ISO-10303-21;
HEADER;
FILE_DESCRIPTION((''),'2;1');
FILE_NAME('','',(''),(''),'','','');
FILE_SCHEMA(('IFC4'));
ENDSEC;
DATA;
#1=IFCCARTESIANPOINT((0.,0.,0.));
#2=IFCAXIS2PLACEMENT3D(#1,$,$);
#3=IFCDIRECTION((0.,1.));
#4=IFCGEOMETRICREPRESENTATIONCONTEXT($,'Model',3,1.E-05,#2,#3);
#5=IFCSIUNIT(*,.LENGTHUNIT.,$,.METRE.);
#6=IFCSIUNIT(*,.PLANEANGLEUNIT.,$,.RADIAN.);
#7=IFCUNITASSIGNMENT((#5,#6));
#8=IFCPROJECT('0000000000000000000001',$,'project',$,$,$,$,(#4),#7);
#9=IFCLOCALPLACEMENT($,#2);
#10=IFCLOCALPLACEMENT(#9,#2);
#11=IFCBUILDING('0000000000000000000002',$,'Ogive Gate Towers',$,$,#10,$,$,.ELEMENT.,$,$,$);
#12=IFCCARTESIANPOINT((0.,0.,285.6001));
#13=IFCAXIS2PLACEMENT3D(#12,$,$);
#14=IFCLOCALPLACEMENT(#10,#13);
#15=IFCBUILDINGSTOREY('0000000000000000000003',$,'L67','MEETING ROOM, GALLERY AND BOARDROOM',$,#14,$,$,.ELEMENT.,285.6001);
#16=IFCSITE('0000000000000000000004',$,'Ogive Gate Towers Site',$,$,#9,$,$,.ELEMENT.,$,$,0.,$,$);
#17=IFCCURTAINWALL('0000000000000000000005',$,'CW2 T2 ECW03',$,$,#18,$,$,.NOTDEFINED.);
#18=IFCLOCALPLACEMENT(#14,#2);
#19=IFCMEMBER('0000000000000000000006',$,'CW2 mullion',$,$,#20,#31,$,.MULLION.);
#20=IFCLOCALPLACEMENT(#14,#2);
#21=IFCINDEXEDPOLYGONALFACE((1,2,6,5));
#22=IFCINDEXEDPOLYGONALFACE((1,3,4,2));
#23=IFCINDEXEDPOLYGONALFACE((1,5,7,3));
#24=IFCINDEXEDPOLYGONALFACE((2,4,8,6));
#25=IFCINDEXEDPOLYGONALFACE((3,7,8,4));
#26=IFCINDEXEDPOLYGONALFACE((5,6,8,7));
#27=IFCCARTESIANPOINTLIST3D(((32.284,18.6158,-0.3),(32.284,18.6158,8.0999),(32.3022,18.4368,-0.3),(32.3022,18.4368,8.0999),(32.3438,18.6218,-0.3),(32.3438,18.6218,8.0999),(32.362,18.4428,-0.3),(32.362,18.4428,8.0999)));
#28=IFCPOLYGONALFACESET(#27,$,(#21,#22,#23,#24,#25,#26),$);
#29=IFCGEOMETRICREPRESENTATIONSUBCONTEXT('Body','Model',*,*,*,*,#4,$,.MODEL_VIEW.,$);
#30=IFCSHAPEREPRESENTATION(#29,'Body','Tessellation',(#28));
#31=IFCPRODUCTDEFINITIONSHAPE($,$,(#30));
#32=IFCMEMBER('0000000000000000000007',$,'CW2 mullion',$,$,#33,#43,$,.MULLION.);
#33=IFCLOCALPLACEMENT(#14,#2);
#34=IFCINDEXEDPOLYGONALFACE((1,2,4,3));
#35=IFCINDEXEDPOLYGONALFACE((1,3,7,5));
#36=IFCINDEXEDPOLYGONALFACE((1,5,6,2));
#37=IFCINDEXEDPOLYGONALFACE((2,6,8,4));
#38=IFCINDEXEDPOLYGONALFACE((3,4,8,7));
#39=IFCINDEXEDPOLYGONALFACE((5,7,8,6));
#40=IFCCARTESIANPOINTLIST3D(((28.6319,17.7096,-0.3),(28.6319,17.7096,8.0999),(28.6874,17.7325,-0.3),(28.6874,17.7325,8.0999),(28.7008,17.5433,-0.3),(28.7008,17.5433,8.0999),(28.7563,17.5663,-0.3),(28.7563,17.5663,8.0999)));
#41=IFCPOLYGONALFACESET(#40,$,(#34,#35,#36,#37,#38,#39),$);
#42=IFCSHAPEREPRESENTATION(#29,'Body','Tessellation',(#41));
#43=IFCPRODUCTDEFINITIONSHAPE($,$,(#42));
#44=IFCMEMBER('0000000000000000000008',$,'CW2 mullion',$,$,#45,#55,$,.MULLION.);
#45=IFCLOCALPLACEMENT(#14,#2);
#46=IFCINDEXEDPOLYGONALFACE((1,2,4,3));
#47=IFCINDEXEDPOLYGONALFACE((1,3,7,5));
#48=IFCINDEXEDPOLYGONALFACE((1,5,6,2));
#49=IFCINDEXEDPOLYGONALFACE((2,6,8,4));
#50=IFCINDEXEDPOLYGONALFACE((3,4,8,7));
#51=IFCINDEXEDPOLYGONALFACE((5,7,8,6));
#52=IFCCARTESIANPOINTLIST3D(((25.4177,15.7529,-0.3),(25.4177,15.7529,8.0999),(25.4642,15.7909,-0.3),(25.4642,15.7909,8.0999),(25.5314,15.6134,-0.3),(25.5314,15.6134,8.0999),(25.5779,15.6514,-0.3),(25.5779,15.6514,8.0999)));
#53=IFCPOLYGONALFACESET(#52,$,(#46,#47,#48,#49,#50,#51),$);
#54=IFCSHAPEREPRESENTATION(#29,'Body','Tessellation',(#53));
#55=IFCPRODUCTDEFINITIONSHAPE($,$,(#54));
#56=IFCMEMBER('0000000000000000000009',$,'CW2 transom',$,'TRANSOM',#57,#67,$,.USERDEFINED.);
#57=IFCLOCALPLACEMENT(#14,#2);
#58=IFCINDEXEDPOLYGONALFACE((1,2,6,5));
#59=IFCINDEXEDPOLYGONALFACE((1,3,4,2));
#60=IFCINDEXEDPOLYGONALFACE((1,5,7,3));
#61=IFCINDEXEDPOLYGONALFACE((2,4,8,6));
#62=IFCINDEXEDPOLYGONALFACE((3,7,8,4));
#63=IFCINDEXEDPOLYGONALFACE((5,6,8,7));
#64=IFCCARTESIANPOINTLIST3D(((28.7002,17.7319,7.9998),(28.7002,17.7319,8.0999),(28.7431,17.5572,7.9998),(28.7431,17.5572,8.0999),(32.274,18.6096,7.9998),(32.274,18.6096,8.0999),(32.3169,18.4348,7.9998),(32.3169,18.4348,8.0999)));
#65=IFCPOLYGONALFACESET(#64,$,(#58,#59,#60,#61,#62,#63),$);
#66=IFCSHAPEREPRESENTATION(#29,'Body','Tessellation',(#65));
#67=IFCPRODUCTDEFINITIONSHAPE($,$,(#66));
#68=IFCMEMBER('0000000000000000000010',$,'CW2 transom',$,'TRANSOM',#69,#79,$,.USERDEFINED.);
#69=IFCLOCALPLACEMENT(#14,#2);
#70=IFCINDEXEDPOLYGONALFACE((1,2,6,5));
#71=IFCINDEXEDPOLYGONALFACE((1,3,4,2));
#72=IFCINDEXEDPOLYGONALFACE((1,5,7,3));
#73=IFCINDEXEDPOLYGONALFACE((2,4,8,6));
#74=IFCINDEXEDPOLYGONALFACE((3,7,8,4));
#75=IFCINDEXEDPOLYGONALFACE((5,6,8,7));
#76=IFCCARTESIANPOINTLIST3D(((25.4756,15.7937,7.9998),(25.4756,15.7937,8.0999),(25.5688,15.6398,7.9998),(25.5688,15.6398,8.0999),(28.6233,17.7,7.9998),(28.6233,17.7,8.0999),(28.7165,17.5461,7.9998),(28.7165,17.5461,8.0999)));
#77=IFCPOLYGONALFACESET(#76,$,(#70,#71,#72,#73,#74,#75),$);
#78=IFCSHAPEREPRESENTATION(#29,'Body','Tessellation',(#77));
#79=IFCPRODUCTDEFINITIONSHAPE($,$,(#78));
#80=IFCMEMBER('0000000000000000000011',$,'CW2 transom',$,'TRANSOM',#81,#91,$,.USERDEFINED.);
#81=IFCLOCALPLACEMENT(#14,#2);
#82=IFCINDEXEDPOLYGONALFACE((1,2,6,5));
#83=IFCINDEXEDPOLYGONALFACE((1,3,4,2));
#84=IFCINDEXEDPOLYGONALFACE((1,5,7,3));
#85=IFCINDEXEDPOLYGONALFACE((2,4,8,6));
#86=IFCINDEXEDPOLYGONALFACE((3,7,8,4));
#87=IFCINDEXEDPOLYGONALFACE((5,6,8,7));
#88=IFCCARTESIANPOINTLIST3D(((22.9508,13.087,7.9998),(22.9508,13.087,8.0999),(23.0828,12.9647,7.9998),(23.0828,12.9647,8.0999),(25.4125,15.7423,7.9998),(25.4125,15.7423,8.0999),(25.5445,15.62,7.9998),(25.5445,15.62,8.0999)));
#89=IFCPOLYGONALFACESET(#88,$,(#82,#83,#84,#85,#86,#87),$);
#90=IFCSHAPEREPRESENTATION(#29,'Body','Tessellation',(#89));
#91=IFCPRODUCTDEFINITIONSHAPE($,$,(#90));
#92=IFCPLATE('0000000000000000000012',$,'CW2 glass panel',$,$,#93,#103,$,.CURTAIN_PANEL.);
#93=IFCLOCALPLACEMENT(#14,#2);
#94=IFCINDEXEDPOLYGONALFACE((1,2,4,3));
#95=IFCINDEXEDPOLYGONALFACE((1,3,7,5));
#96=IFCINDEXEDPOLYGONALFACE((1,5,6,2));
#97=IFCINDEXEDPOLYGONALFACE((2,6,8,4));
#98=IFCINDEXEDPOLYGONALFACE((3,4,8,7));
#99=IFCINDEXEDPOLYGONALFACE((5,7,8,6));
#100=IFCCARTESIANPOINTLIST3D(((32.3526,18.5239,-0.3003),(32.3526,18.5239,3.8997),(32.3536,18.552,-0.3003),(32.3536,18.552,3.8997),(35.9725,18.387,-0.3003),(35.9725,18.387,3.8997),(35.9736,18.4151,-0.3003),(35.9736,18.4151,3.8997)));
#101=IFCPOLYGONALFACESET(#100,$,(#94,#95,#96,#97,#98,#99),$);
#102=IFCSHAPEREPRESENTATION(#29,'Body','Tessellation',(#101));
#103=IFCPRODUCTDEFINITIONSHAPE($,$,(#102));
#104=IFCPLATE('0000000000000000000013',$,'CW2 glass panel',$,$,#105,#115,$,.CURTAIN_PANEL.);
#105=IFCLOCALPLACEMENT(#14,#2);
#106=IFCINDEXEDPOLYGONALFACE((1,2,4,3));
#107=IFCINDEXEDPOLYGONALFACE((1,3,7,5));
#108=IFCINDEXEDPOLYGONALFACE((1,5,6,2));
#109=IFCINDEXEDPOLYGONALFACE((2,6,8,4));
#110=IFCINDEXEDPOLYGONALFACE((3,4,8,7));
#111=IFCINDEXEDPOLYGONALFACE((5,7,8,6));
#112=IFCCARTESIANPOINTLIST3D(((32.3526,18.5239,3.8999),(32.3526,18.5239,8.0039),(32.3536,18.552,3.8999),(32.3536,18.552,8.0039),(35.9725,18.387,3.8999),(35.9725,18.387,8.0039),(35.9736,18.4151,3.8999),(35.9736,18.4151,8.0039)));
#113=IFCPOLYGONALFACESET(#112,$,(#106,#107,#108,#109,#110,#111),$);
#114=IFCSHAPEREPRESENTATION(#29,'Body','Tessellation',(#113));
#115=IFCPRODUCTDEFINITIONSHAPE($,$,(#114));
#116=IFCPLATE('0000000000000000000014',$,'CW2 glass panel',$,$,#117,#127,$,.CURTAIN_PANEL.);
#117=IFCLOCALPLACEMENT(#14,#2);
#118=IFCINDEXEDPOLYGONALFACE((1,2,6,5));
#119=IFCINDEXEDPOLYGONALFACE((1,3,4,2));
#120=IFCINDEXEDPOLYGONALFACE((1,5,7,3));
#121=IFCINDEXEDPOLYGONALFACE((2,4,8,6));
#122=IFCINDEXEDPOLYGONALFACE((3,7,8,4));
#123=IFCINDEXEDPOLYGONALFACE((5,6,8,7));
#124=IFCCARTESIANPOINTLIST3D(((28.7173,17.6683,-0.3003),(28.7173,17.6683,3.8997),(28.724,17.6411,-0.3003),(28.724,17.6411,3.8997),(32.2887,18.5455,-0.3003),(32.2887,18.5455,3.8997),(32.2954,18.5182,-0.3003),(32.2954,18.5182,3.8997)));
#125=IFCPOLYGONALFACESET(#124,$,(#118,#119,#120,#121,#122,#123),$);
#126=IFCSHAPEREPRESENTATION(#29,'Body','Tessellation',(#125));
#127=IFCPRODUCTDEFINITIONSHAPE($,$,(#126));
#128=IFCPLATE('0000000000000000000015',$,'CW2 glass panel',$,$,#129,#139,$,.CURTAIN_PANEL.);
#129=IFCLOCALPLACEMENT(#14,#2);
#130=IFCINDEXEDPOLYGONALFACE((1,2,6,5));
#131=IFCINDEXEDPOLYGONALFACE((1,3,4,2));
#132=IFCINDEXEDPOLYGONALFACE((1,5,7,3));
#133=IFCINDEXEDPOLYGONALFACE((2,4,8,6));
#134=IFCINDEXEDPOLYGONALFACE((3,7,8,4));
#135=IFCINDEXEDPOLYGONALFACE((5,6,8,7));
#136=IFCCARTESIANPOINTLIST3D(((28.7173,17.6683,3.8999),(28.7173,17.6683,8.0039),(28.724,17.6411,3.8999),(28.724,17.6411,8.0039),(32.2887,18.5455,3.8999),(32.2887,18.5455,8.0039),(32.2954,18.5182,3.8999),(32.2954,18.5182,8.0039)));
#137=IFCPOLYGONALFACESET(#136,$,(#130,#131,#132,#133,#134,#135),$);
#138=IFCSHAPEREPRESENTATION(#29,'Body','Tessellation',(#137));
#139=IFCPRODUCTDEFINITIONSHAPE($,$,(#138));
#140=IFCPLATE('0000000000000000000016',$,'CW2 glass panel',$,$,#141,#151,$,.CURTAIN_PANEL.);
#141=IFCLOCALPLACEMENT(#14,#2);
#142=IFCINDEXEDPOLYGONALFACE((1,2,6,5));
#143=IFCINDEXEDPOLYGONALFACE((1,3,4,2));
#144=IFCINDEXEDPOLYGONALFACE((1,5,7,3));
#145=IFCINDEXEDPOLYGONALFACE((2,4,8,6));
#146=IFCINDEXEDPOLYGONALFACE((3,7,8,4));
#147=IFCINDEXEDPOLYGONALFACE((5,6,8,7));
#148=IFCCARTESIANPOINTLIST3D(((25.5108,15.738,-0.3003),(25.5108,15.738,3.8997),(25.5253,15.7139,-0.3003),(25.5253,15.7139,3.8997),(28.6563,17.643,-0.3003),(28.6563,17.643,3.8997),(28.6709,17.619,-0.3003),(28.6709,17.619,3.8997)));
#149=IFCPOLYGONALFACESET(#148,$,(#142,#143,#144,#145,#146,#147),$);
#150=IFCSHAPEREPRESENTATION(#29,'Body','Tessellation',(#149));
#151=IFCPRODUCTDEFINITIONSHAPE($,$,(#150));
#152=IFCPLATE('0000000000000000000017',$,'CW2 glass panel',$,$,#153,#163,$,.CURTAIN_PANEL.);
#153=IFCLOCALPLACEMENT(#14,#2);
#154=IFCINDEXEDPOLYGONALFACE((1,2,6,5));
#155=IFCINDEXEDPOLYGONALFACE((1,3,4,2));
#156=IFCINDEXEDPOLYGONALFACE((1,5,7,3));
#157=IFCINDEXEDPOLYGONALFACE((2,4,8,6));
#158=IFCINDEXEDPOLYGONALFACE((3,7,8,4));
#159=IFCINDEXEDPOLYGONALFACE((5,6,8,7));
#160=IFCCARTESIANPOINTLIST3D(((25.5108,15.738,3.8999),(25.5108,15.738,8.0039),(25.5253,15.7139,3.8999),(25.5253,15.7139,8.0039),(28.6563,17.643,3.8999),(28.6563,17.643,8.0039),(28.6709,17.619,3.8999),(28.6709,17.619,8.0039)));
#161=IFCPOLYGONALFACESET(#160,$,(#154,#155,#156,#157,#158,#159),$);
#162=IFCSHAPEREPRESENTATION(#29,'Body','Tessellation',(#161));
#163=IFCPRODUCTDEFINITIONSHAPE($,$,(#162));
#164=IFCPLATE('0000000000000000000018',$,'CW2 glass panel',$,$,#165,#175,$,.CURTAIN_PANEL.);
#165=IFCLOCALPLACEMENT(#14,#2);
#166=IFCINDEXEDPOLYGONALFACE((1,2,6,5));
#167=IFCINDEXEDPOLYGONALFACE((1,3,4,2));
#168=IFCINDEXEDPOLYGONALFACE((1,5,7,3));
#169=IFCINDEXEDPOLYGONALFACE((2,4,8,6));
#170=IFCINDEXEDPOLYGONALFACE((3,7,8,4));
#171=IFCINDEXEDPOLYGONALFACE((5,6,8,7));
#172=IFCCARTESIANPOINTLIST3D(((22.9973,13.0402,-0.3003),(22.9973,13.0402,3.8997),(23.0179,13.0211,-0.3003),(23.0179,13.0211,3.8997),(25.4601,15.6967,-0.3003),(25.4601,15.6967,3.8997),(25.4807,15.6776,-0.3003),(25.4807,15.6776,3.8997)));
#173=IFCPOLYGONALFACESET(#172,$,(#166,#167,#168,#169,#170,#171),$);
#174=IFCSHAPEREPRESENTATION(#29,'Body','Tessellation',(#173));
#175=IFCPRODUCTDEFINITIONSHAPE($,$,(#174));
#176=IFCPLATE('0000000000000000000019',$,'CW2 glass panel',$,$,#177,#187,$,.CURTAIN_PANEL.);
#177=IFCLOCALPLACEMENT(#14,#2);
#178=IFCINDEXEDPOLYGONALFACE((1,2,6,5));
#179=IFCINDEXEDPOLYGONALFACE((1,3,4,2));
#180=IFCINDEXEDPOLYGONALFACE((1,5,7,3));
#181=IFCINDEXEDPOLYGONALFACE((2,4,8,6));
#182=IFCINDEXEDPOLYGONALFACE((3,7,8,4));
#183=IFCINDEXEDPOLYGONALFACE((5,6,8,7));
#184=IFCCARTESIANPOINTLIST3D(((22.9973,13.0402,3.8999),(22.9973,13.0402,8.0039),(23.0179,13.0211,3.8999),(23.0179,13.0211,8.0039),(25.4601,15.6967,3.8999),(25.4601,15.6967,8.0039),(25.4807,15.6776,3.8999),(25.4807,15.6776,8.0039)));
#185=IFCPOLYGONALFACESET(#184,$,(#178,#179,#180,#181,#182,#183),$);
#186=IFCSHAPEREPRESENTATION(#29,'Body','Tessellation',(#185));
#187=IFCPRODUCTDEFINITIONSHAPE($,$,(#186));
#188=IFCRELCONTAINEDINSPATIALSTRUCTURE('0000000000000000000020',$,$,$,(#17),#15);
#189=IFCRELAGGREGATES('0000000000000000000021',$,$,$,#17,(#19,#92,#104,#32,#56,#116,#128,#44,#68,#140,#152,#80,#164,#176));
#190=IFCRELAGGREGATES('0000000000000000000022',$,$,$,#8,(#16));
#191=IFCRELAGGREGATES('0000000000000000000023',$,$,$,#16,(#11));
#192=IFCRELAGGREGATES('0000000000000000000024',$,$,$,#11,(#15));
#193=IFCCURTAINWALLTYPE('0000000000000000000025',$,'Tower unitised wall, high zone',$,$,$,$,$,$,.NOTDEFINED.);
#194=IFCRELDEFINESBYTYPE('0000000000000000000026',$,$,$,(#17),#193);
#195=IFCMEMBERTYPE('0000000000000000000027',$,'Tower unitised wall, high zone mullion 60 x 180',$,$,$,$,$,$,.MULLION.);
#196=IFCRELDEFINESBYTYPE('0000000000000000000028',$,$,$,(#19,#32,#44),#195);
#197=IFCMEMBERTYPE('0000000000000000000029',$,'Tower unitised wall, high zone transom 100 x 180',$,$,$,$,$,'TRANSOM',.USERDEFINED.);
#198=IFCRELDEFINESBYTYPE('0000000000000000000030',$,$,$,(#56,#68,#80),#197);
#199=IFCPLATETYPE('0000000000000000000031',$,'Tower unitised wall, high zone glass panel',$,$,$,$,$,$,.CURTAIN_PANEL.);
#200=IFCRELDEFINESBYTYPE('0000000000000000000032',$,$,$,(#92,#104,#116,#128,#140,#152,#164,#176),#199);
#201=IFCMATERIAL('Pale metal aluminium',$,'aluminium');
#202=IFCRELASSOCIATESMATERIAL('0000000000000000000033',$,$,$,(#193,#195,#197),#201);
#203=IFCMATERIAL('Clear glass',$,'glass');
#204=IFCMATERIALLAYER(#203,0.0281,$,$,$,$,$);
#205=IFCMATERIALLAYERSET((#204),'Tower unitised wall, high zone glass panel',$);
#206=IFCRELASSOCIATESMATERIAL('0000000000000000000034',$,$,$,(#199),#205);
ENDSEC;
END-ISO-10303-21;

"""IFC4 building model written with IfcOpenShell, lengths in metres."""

from ifc_helpers import new_model, si_unit, direction, frame, origin, origin_2d, place, context, subcontext, project, spatial, rectangle, extrude, material, layer, layer_set, material_profile, profile_set, type_object, element, aggregate, save


model = new_model("IFC4")

# Units and contexts
model_context = context("Model", 3, precision=1e-05, world=origin(), true_north=direction((0.0, 1.0)))
body_context = subcontext(model_context, "Body", "Model", "MODEL_VIEW")
ifc_project = project(units=[si_unit("LENGTHUNIT", "METRE"), si_unit("PLANEANGLEUNIT", "RADIAN")], contexts=[model_context])

# Site, building, storey
site_placement = place(None, origin())
site = spatial("IfcSite", under=ifc_project, at=site_placement, Name="Ogive Gate Towers Site", CompositionType="ELEMENT", RefElevation=0.0)
building_placement = place(site_placement, origin())
building = spatial("IfcBuilding", under=site, at=building_placement, Name="Ogive Gate Towers", CompositionType="ELEMENT")
storey_placement = place(building_placement, frame((0.0, 0.0, 285.6001)))
storey = spatial("IfcBuildingStorey", under=building, at=storey_placement, Name="L67", Description="MEETING ROOM, GALLERY AND BOARDROOM", CompositionType="ELEMENT", Elevation=285.6001)

# Curtain wall, members, plates
ifc_material_1 = material(Name="Pale metal aluminium", Category="aluminium")
curtain_wall_type = type_object("IfcCurtainWallType", Name="Tower unitised wall, high zone", PredefinedType="NOTDEFINED", material=ifc_material_1)
curtain_wall_placement = place(storey_placement, origin())
curtain_wall = element("IfcCurtainWall", 1, at=curtain_wall_placement, inside=storey, type_object=curtain_wall_type, Name="CW2 T2 ECW03", PredefinedType="NOTDEFINED")
ifc_material_profile_1 = material_profile(ifc_material_1, rectangle(XDim=0.1799, YDim=0.0601, at=origin_2d()), Name="60 x 180 aluminium box")
ifc_profile_set_1 = profile_set([ifc_material_profile_1], Name="Pale metal aluminium")
member_type_1 = type_object("IfcMemberType", Name="Tower unitised wall, high zone mullion 60 x 180", PredefinedType="MULLION", material=ifc_profile_set_1)
member_1_placement = place(storey_placement, frame((32.323, 18.5293, -0.3), z_axis=(0.0, 0.0, 1.0), x_axis=(-0.101351, 0.994851, 0.0)))
member_1 = element("IfcMember", 2, at=member_1_placement, type_object=member_type_1, Name="CW2 mullion", PredefinedType="MULLION", context=body_context, shape_type="SweptSolid", body=[
    extrude(rectangle(XDim=0.1799, YDim=0.0601, at=origin_2d()), origin(), (0.0, 0.0, 1.0), 8.3999),
])
member_2_placement = place(storey_placement, frame((28.6941, 17.6379, -0.3), z_axis=(0.0, 0.0, 1.0), x_axis=(-0.382683, 0.92388, 0.0)))
member_2 = element("IfcMember", 3, at=member_2_placement, type_object=member_type_1, Name="CW2 mullion", PredefinedType="MULLION", context=body_context, shape_type="SweptSolid", body=[
    extrude(rectangle(XDim=0.1799, YDim=0.0601, at=origin_2d()), origin(), (0.0, 0.0, 1.0), 8.3999),
])
member_3_placement = place(storey_placement, frame((25.4978, 15.7021, -0.3), z_axis=(0.0, 0.0, 1.0), x_axis=(-0.631813, 0.775121, 0.0)))
member_3 = element("IfcMember", 4, at=member_3_placement, type_object=member_type_1, Name="CW2 mullion", PredefinedType="MULLION", context=body_context, shape_type="SweptSolid", body=[
    extrude(rectangle(XDim=0.1799, YDim=0.0601, at=origin_2d()), origin(), (0.0, 0.0, 1.0), 8.3999),
])
ifc_material_profile_2 = material_profile(ifc_material_1, rectangle(XDim=0.1799, YDim=0.1001, at=origin_2d()), Name="100 x 180 aluminium box")
ifc_profile_set_2 = profile_set([ifc_material_profile_2], Name="Pale metal aluminium")
member_type_2 = type_object("IfcMemberType", Name="Tower unitised wall, high zone transom 100 x 180", ElementType="TRANSOM", PredefinedType="USERDEFINED", material=ifc_profile_set_2)
member_4_placement = place(storey_placement, frame((32.2954, 18.5222, 8.0498), z_axis=(-0.971141, -0.238506, 0.0), x_axis=(0.238506, -0.971141, 0.0)))
member_4 = element("IfcMember", 5, at=member_4_placement, type_object=member_type_2, Name="CW2 transom", ObjectType="TRANSOM", PredefinedType="USERDEFINED", context=body_context, shape_type="SweptSolid", body=[
    extrude(rectangle(XDim=0.1799, YDim=0.1001, at=origin_2d()), origin(), (0.0, 0.0, 1.0), 3.6799),
])
member_5_placement = place(storey_placement, frame((28.6699, 17.623, 8.0498), z_axis=(-0.855372, -0.518013, 0.0), x_axis=(0.518013, -0.855372, 0.0)))
member_5 = element("IfcMember", 6, at=member_5_placement, type_object=member_type_2, Name="CW2 transom", ObjectType="TRANSOM", PredefinedType="USERDEFINED", context=body_context, shape_type="SweptSolid", body=[
    extrude(rectangle(XDim=0.1799, YDim=0.1001, at=origin_2d()), origin(), (0.0, 0.0, 1.0), 3.6799),
])
member_6_placement = place(storey_placement, frame((25.4785, 15.6812, 8.0498), z_axis=(-0.679866, -0.733336, 0.0), x_axis=(0.733336, -0.679866, 0.0)))
member_6 = element("IfcMember", 7, at=member_6_placement, type_object=member_type_2, Name="CW2 transom", ObjectType="TRANSOM", PredefinedType="USERDEFINED", context=body_context, shape_type="SweptSolid", body=[
    extrude(rectangle(XDim=0.1799, YDim=0.1001, at=origin_2d()), origin(), (0.0, 0.0, 1.0), 3.6208),
])
ifc_material_2 = material(Name="Clear glass", Category="glass")
ifc_layer_1 = layer(ifc_material_2, 0.0281)
ifc_layer_set_1 = layer_set([ifc_layer_1], Name="Tower unitised wall, high zone glass panel")
plate_type = type_object("IfcPlateType", Name="Tower unitised wall, high zone glass panel", PredefinedType="CURTAIN_PANEL", material=ifc_layer_set_1)
plate_1_placement = place(storey_placement, frame((34.1631, 18.4695, -0.3003), z_axis=(0.0, 0.0, 1.0), x_axis=(-0.999286, 0.037795, 0.0)))
plate_1 = element("IfcPlate", 8, at=plate_1_placement, type_object=plate_type, Name="CW2 glass panel", PredefinedType="CURTAIN_PANEL", context=body_context, shape_type="SweptSolid", body=[
    extrude(rectangle(XDim=3.6226, YDim=0.0281, at=origin_2d()), origin(), (0.0, 0.0, 1.0), 4.2),
])
plate_2_placement = place(storey_placement, frame((34.1631, 18.4695, 3.8999), z_axis=(0.0, 0.0, 1.0), x_axis=(-0.999286, 0.037795, 0.0)))
plate_2 = element("IfcPlate", 9, at=plate_2_placement, type_object=plate_type, Name="CW2 glass panel", PredefinedType="CURTAIN_PANEL", context=body_context, shape_type="SweptSolid", body=[
    extrude(rectangle(XDim=3.6226, YDim=0.0281, at=origin_2d()), origin(), (0.0, 0.0, 1.0), 4.104),
])
plate_3_placement = place(storey_placement, frame((30.5063, 18.0933, -0.3003), z_axis=(0.0, 0.0, 1.0), x_axis=(-0.971138, -0.238517, 0.0)))
plate_3 = element("IfcPlate", 10, at=plate_3_placement, type_object=plate_type, Name="CW2 glass panel", PredefinedType="CURTAIN_PANEL", context=body_context, shape_type="SweptSolid", body=[
    extrude(rectangle(XDim=3.6775, YDim=0.0281, at=origin_2d()), origin(), (0.0, 0.0, 1.0), 4.2),
])
plate_4_placement = place(storey_placement, frame((30.5063, 18.0933, 3.8999), z_axis=(0.0, 0.0, 1.0), x_axis=(-0.971138, -0.238517, 0.0)))
plate_4 = element("IfcPlate", 11, at=plate_4_placement, type_object=plate_type, Name="CW2 glass panel", PredefinedType="CURTAIN_PANEL", context=body_context, shape_type="SweptSolid", body=[
    extrude(rectangle(XDim=3.6775, YDim=0.0281, at=origin_2d()), origin(), (0.0, 0.0, 1.0), 4.104),
])
plate_5_placement = place(storey_placement, frame((27.0908, 16.6785, -0.3003), z_axis=(0.0, 0.0, 1.0), x_axis=(-0.855364, -0.518027, 0.0)))
plate_5 = element("IfcPlate", 12, at=plate_5_placement, type_object=plate_type, Name="CW2 glass panel", PredefinedType="CURTAIN_PANEL", context=body_context, shape_type="SweptSolid", body=[
    extrude(rectangle(XDim=3.6775, YDim=0.0281, at=origin_2d()), origin(), (0.0, 0.0, 1.0), 4.2),
])
plate_6_placement = place(storey_placement, frame((27.0908, 16.6785, 3.8999), z_axis=(0.0, 0.0, 1.0), x_axis=(-0.855364, -0.518027, 0.0)))
plate_6 = element("IfcPlate", 13, at=plate_6_placement, type_object=plate_type, Name="CW2 glass panel", PredefinedType="CURTAIN_PANEL", context=body_context, shape_type="SweptSolid", body=[
    extrude(rectangle(XDim=3.6775, YDim=0.0281, at=origin_2d()), origin(), (0.0, 0.0, 1.0), 4.104),
])
plate_7_placement = place(storey_placement, frame((24.239, 14.3589, -0.3003), z_axis=(0.0, 0.0, 1.0), x_axis=(-0.679864, -0.733338, 0.0)))
plate_7 = element("IfcPlate", 14, at=plate_7_placement, type_object=plate_type, Name="CW2 glass panel", PredefinedType="CURTAIN_PANEL", context=body_context, shape_type="SweptSolid", body=[
    extrude(rectangle(XDim=3.6226, YDim=0.0281, at=origin_2d()), origin(), (0.0, 0.0, 1.0), 4.2),
])
plate_8_placement = place(storey_placement, frame((24.239, 14.3589, 3.8999), z_axis=(0.0, 0.0, 1.0), x_axis=(-0.679864, -0.733338, 0.0)))
plate_8 = element("IfcPlate", 15, at=plate_8_placement, type_object=plate_type, Name="CW2 glass panel", PredefinedType="CURTAIN_PANEL", context=body_context, shape_type="SweptSolid", body=[
    extrude(rectangle(XDim=3.6226, YDim=0.0281, at=origin_2d()), origin(), (0.0, 0.0, 1.0), 4.104),
])
aggregate(curtain_wall, [member_1, plate_1, plate_2, member_2, member_4, plate_3, plate_4, member_3, member_5, plate_5, plate_6, member_6, plate_7, plate_8])

save(model, "model.ifc")
